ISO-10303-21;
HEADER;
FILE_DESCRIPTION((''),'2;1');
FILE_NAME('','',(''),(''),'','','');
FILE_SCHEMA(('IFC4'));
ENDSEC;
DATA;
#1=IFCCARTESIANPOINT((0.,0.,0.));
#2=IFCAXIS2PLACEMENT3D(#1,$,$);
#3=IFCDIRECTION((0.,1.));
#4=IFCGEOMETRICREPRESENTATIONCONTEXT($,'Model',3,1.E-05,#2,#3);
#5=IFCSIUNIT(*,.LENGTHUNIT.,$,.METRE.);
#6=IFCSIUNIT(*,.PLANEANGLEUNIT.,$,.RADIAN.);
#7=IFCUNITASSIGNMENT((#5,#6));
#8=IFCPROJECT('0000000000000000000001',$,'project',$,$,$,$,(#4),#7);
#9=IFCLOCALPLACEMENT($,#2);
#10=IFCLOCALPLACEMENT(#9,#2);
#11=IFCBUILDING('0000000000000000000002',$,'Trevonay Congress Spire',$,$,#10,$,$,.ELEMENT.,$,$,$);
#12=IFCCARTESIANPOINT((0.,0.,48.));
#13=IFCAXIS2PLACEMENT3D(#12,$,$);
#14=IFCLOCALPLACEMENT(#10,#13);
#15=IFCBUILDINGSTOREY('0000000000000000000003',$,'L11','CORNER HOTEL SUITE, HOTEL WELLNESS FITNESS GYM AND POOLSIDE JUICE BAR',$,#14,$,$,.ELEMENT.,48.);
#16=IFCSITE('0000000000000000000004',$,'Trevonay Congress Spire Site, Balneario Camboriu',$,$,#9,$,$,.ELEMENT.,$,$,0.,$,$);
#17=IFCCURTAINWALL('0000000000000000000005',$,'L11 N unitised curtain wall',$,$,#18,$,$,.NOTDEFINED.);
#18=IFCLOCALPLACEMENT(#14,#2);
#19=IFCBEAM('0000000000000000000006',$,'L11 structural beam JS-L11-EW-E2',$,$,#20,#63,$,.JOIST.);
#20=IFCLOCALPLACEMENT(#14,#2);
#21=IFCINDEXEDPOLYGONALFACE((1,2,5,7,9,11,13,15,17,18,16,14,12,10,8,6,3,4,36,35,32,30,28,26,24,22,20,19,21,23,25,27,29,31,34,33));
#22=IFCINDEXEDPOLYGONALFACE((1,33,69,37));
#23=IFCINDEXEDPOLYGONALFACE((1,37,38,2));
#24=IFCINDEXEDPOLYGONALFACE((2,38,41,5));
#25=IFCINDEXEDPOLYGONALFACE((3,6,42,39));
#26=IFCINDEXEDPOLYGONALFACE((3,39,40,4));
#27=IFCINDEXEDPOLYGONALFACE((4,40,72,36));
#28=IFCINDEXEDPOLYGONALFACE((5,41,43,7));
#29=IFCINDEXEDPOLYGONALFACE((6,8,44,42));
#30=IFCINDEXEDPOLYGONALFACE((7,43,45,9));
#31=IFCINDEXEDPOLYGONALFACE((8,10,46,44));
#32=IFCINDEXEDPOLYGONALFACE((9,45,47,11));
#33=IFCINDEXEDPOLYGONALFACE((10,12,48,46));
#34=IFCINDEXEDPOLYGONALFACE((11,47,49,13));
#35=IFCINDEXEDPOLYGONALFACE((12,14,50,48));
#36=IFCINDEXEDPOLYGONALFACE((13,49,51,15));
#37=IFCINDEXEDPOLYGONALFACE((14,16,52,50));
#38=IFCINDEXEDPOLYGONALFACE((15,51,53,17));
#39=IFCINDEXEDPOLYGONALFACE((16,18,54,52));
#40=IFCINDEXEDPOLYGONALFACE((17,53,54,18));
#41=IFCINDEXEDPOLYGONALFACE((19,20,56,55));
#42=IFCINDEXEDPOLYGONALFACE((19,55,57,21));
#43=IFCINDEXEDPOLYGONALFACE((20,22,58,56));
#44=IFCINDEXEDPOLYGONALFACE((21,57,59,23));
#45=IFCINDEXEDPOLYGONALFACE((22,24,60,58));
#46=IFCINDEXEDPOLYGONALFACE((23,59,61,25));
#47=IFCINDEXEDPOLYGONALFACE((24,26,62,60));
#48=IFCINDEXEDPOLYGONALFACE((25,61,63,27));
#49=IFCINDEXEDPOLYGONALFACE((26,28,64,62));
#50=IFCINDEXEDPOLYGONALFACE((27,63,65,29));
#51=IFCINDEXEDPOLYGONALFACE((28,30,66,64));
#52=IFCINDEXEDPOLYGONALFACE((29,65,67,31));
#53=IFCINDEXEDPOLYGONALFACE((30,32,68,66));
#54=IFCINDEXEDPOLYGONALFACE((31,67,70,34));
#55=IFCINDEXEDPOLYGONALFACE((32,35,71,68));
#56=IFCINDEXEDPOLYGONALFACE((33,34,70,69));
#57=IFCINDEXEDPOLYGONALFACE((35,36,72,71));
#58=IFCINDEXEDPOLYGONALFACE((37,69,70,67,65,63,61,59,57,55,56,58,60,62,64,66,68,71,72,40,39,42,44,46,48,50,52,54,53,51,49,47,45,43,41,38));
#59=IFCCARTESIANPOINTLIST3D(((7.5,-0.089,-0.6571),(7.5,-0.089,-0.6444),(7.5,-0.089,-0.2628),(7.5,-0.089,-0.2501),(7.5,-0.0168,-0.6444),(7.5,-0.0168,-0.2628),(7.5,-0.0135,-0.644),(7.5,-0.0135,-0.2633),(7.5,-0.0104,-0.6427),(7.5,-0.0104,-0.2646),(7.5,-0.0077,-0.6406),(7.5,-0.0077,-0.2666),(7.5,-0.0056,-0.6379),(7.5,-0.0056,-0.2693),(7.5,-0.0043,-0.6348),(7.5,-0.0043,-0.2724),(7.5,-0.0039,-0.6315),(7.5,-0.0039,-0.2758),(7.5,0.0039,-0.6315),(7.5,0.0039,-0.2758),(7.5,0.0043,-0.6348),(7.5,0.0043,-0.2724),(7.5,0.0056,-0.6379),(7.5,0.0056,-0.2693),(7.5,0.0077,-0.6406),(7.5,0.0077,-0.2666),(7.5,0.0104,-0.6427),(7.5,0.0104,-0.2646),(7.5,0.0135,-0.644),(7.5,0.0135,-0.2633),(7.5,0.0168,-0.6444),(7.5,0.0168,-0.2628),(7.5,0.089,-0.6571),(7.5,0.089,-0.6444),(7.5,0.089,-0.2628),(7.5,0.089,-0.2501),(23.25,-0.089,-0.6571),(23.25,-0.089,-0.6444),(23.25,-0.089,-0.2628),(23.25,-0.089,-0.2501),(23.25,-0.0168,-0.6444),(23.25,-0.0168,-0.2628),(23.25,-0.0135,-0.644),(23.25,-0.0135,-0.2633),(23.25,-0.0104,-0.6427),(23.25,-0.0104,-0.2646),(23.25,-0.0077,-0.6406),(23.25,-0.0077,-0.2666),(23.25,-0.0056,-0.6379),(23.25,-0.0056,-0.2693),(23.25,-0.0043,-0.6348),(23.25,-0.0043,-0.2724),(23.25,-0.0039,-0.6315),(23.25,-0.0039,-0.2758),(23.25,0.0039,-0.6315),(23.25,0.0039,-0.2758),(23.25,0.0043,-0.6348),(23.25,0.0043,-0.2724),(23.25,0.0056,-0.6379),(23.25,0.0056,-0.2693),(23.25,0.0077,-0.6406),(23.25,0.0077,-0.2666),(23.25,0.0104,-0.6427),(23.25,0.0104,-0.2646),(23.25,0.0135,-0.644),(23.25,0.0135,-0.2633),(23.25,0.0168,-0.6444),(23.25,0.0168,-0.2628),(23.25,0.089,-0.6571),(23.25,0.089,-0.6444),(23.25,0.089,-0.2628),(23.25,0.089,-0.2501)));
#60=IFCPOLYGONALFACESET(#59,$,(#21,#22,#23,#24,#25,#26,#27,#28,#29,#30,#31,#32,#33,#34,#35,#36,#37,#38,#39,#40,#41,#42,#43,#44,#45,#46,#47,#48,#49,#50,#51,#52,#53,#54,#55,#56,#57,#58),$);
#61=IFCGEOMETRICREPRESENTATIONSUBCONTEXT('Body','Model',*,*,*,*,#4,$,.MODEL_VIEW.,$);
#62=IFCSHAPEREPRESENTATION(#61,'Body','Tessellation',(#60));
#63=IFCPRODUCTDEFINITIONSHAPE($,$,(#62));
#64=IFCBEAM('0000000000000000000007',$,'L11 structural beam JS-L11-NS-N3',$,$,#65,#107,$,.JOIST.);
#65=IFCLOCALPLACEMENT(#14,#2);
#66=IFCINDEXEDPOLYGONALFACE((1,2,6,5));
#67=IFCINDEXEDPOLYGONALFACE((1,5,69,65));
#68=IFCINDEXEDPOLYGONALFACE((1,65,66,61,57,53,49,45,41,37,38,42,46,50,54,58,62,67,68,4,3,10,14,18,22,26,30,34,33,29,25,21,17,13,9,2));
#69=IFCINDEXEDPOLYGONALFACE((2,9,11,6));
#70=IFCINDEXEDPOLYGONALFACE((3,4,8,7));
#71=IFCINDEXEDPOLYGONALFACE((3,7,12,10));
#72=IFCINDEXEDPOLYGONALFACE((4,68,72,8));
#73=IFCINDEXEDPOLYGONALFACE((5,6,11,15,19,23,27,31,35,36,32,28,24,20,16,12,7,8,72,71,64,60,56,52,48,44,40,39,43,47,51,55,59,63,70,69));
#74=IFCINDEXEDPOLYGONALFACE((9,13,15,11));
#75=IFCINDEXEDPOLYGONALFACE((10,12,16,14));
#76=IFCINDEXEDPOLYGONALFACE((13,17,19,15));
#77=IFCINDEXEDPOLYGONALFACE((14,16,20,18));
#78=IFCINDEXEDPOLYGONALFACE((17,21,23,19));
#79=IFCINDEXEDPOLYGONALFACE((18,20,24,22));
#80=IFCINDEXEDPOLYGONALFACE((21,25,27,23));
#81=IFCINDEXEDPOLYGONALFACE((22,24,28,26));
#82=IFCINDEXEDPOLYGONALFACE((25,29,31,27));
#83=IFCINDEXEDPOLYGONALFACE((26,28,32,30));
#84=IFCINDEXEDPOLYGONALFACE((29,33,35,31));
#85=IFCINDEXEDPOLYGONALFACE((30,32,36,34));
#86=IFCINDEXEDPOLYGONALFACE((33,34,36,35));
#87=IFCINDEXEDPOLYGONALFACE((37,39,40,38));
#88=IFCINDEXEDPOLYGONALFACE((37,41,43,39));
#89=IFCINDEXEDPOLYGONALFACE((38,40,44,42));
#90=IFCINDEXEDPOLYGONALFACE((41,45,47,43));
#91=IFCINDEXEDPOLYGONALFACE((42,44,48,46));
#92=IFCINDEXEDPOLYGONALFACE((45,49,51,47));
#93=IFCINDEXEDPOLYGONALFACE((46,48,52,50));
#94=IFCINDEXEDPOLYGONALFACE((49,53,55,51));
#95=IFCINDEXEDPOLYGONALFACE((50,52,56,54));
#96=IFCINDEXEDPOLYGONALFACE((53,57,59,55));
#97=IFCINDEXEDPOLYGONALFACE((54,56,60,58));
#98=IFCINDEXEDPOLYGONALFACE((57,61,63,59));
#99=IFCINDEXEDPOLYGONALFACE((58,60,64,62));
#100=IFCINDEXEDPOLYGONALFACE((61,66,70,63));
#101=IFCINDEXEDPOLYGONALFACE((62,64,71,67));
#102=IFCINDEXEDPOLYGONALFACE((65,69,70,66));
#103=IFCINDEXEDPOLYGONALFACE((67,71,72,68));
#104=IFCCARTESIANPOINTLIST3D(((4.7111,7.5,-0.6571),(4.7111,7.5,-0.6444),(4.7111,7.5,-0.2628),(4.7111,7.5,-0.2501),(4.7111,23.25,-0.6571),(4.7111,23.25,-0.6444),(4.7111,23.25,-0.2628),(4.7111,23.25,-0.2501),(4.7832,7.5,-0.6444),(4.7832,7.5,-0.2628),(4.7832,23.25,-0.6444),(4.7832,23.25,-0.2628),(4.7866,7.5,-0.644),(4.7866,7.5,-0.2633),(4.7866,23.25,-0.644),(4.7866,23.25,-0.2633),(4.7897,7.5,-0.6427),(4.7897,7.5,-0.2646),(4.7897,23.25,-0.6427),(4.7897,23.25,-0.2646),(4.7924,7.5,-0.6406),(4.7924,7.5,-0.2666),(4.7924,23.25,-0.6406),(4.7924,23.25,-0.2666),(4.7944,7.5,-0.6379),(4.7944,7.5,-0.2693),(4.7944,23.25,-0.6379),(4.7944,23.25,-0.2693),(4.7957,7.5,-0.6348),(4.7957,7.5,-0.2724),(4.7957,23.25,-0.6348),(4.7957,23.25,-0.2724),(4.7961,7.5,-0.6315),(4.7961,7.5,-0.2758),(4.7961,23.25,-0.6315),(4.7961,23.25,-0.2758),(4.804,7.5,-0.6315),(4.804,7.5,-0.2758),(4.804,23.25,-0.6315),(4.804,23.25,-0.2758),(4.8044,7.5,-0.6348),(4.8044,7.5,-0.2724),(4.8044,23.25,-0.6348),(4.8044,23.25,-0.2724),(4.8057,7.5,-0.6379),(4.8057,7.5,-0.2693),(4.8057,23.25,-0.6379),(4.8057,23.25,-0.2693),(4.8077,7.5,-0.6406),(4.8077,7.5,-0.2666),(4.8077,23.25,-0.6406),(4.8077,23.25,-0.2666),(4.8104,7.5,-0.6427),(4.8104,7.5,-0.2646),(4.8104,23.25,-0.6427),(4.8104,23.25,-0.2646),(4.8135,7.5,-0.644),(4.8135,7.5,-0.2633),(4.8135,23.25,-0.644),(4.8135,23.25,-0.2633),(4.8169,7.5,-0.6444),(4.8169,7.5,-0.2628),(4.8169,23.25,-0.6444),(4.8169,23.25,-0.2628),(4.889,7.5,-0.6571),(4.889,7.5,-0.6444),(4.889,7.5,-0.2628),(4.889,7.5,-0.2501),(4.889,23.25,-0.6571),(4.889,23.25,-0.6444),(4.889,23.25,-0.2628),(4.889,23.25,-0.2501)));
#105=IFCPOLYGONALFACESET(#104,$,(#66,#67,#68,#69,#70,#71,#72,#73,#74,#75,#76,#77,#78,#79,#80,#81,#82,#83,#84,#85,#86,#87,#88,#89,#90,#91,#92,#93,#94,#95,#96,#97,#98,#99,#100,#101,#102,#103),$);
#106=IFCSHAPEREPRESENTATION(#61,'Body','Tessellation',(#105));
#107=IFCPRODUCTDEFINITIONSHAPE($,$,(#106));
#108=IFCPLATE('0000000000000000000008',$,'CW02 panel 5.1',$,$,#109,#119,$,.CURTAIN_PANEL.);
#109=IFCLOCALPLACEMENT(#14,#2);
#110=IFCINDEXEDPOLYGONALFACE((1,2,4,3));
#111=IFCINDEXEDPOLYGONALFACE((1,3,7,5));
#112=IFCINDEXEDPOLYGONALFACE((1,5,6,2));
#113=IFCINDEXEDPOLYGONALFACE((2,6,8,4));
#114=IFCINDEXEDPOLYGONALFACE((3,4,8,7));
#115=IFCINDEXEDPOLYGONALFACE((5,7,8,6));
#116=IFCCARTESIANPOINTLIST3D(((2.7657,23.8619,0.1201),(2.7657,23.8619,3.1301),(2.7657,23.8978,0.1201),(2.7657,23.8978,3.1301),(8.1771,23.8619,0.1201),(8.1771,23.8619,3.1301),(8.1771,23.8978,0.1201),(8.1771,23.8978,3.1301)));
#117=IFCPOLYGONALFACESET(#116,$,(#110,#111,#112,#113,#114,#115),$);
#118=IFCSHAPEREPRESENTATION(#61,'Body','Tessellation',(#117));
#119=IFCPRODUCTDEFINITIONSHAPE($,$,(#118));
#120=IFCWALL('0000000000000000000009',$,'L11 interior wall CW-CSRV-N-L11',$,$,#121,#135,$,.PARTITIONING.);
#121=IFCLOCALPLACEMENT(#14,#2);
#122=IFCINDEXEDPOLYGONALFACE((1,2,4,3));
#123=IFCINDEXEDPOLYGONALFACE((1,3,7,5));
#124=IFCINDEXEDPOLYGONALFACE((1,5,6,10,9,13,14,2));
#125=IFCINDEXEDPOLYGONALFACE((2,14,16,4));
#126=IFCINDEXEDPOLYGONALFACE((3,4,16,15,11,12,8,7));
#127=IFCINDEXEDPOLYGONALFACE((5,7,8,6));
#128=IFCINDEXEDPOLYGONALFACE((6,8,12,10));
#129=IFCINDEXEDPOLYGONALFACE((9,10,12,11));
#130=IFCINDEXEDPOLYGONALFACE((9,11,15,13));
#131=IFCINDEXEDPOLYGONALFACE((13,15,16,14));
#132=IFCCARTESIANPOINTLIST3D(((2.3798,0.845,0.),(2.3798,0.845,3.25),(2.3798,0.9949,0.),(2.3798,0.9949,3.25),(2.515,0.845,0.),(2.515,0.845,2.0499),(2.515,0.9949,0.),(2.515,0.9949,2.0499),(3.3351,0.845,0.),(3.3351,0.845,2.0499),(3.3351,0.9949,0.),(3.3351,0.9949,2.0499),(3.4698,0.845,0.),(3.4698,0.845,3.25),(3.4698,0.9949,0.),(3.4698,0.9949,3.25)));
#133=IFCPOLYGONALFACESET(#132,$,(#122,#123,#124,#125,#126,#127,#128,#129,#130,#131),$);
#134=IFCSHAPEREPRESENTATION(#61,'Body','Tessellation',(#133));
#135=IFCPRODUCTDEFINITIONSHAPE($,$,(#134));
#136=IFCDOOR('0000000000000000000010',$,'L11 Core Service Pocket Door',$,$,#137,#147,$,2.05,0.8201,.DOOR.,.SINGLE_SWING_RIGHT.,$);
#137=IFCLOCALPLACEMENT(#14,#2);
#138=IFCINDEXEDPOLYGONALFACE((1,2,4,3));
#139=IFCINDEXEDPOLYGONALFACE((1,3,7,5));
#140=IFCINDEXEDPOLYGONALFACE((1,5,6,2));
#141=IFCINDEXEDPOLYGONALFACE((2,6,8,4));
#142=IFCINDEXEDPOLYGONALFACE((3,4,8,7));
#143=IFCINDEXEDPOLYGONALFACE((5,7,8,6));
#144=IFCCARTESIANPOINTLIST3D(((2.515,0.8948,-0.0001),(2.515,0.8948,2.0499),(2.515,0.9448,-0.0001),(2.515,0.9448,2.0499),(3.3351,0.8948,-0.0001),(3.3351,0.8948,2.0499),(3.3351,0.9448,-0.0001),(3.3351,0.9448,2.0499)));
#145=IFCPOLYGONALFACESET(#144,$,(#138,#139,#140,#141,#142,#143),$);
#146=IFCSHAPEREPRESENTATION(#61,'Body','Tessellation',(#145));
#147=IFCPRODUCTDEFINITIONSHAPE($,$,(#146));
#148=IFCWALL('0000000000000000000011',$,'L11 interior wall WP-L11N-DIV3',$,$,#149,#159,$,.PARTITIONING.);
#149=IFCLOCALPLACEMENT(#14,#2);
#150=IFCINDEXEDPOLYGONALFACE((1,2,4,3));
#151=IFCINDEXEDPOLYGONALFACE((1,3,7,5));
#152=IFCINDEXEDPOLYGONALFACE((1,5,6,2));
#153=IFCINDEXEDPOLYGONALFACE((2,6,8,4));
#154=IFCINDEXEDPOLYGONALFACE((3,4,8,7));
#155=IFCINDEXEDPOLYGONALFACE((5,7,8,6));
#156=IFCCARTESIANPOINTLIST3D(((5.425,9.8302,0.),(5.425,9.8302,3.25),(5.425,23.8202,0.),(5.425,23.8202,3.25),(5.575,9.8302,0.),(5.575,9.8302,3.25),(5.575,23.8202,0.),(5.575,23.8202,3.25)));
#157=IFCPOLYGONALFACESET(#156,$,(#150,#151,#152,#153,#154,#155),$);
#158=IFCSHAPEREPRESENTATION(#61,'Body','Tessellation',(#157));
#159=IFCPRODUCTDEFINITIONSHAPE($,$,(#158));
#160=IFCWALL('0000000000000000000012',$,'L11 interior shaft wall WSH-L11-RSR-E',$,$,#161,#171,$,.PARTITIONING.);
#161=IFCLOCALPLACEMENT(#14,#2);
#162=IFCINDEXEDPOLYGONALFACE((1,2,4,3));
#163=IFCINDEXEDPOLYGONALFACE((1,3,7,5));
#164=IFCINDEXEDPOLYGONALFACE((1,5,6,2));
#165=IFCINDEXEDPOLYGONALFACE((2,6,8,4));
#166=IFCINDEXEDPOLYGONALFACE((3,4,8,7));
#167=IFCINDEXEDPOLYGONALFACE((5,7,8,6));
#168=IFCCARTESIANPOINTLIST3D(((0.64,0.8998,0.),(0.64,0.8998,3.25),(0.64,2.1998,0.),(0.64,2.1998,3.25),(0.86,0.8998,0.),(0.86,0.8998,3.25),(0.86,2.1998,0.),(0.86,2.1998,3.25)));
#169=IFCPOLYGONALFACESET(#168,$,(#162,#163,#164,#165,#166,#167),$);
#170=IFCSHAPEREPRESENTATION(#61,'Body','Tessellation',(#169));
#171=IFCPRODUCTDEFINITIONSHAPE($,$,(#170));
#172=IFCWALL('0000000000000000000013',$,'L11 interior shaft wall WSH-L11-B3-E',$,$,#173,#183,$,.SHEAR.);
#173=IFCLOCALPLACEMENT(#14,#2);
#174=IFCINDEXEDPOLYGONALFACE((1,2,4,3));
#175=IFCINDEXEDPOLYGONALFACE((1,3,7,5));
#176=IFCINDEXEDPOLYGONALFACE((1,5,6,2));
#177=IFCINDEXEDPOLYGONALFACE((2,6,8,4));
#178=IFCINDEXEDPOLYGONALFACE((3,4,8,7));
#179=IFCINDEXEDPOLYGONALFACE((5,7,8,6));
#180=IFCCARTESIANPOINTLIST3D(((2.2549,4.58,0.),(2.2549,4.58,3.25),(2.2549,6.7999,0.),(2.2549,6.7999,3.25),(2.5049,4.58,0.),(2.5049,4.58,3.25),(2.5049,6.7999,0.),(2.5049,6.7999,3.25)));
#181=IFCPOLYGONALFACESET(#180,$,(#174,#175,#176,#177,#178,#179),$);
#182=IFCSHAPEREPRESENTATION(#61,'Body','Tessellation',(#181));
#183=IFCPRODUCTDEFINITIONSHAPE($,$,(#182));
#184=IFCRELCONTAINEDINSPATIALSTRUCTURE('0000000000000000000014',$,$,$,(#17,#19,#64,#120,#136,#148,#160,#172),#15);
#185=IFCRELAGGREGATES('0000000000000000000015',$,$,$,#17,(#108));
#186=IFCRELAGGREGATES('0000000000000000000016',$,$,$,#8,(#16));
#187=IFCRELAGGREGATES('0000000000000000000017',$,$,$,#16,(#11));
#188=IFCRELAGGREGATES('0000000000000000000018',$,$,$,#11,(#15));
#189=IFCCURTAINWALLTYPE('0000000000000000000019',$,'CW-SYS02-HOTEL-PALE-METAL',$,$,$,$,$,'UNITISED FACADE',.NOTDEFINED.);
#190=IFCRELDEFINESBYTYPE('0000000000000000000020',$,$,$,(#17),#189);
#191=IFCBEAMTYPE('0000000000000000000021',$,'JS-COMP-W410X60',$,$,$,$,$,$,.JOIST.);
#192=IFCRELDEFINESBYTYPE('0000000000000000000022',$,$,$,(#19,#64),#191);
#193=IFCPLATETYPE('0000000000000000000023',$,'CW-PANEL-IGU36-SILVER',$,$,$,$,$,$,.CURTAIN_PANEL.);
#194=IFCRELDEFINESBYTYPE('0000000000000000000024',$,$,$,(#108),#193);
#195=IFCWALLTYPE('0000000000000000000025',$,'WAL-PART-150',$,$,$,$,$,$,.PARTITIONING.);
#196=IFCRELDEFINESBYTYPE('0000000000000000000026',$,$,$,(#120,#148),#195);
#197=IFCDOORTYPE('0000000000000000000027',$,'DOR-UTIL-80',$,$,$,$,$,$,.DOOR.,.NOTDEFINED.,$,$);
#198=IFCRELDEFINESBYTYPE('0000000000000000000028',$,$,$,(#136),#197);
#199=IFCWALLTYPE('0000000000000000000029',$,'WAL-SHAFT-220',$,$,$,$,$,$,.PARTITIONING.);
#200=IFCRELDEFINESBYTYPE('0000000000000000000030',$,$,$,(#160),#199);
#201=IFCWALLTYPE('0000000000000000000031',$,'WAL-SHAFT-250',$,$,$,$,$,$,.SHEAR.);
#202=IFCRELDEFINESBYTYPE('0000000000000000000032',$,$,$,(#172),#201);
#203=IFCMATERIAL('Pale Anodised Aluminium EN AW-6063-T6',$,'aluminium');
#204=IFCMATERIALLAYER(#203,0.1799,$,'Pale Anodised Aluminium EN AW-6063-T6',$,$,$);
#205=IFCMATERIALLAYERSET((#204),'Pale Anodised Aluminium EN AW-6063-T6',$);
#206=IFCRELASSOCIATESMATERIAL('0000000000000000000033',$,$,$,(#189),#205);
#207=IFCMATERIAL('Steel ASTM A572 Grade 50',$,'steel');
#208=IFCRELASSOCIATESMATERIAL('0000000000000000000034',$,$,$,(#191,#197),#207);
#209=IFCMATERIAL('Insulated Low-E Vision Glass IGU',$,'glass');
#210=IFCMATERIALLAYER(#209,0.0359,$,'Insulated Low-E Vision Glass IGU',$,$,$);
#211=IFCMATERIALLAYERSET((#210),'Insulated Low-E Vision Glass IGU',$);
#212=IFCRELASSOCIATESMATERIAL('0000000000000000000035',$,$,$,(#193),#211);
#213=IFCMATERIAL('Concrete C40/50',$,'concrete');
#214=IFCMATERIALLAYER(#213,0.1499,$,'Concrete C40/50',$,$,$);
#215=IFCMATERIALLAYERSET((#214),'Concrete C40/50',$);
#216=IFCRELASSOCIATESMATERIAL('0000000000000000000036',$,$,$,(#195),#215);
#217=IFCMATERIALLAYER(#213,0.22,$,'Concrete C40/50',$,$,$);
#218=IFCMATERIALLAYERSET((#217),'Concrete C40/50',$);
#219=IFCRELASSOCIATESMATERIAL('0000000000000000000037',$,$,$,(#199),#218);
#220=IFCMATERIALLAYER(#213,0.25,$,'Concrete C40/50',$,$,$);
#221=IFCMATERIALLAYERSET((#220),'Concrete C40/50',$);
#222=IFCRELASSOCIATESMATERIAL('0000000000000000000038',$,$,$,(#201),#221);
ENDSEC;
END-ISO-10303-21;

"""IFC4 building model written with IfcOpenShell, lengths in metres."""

from ifc_helpers import new_model, si_unit, direction, frame, frame_2d, origin, origin_2d, place, context, subcontext, project, spatial, rectangle, i_section, extrude, material, layer, layer_set, material_profile, profile_set, type_object, element, fill, aggregate, save


model = new_model("IFC4")

# Units and contexts
model_context = context("Model", 3, precision=1e-05, world=origin(), true_north=direction((0.0, 1.0)))
body_context = subcontext(model_context, "Body", "Model", "MODEL_VIEW")
ifc_project = project(units=[si_unit("LENGTHUNIT", "METRE"), si_unit("PLANEANGLEUNIT", "RADIAN")], contexts=[model_context])

# Site, building, storey
site_placement = place(None, origin())
site = spatial("IfcSite", under=ifc_project, at=site_placement, Name="Trevonay Congress Spire Site, Balneario Camboriu", CompositionType="ELEMENT", RefElevation=0.0)
building_placement = place(site_placement, origin())
building = spatial("IfcBuilding", under=site, at=building_placement, Name="Trevonay Congress Spire", CompositionType="ELEMENT")
storey_placement = place(building_placement, frame((0.0, 0.0, 48.0)))
storey = spatial("IfcBuildingStorey", under=building, at=storey_placement, Name="L11", Description="CORNER HOTEL SUITE, HOTEL WELLNESS FITNESS GYM AND POOLSIDE JUICE BAR", CompositionType="ELEMENT", Elevation=48.0)

# Shared definitions
ifc_material_1 = material(Name="Steel ASTM A572 Grade 50", Category="steel")

# Curtain wall
ifc_material_2 = material(Name="Pale Anodised Aluminium EN AW-6063-T6", Category="aluminium")
ifc_layer_1 = layer(ifc_material_2, 0.1799, Name="Pale Anodised Aluminium EN AW-6063-T6")
ifc_layer_set_1 = layer_set([ifc_layer_1], Name="Pale Anodised Aluminium EN AW-6063-T6")
curtain_wall_type = type_object("IfcCurtainWallType", Name="CW-SYS02-HOTEL-PALE-METAL", ElementType="UNITISED FACADE", PredefinedType="NOTDEFINED", material=ifc_layer_set_1)
curtain_wall_placement = place(storey_placement, origin())
curtain_wall = element("IfcCurtainWall", 1, at=curtain_wall_placement, inside=storey, type_object=curtain_wall_type, Name="L11 N unitised curtain wall", PredefinedType="NOTDEFINED")

# Beams
ifc_material_profile_1 = material_profile(ifc_material_1, i_section(OverallWidth=0.178, OverallDepth=0.407, WebThickness=0.0078, FlangeThickness=0.0127, FilletRadius=0.0129, at=origin_2d()), Name="W410x60")
ifc_profile_set_1 = profile_set([ifc_material_profile_1], Name="Steel ASTM A572 Grade 50")
beam_type_1 = type_object("IfcBeamType", Name="JS-COMP-W410X60", PredefinedType="JOIST", material=ifc_profile_set_1)
for number, where, z_axis, x_axis, name in (
    (2, (7.5, 0.0, -0.4536), (1.0, 0.0, 0.0), (0.0, 1.0, 0.0), "L11 structural beam JS-L11-EW-E2"),
    (3, (4.8, 7.5, -0.4536), (0.0, 1.0, 0.0), (-1.0, 0.0, 0.0), "L11 structural beam JS-L11-NS-N3"),
):
    element("IfcBeam", number, at=place(storey_placement, frame(where, z_axis=z_axis, x_axis=x_axis)), inside=storey, type_object=beam_type_1, Name=name, PredefinedType="JOIST", context=body_context, shape_type="SweptSolid", body=[
        extrude(i_section(OverallWidth=0.178, OverallDepth=0.407, WebThickness=0.0078, FlangeThickness=0.0127, FilletRadius=0.0129, at=origin_2d()), origin(), (0.0, 0.0, 1.0), 15.75),
    ])

# Plate
ifc_material_3 = material(Name="Insulated Low-E Vision Glass IGU", Category="glass")
ifc_layer_2 = layer(ifc_material_3, 0.0359, Name="Insulated Low-E Vision Glass IGU")
ifc_layer_set_2 = layer_set([ifc_layer_2], Name="Insulated Low-E Vision Glass IGU")
plate_type = type_object("IfcPlateType", Name="CW-PANEL-IGU36-SILVER", PredefinedType="CURTAIN_PANEL", material=ifc_layer_set_2)
plate_placement = place(storey_placement, frame((5.4714, 23.8799, 0.1201), z_axis=(0.0, 0.0, 1.0), x_axis=(1.0, 0.0, 0.0)))
plate = element("IfcPlate", 4, at=plate_placement, type_object=plate_type, Name="CW02 panel 5.1", PredefinedType="CURTAIN_PANEL", context=body_context, shape_type="SweptSolid", body=[
    extrude(rectangle(XDim=5.4114, YDim=0.0359, at=origin_2d()), origin(), (0.0, 0.0, 1.0), 3.01),
])
aggregate(curtain_wall, [plate])

# Wall, opening, door
ifc_material_4 = material(Name="Concrete C40/50", Category="concrete")
ifc_layer_3 = layer(ifc_material_4, 0.1499, Name="Concrete C40/50")
ifc_layer_set_3 = layer_set([ifc_layer_3], Name="Concrete C40/50")
wall_type_1 = type_object("IfcWallType", Name="WAL-PART-150", PredefinedType="PARTITIONING", material=ifc_layer_set_3)
wall_1_placement = place(storey_placement, frame((2.3799, 0.9199, 0.0), z_axis=(0.0, 0.0, 1.0), x_axis=(1.0, 0.0, 0.0)))
wall_1 = element("IfcWall", 5, at=wall_1_placement, inside=storey, type_object=wall_type_1, Name="L11 interior wall CW-CSRV-N-L11", PredefinedType="PARTITIONING", context=body_context, shape_type="SweptSolid", body=[
    extrude(rectangle(XDim=1.0901, YDim=0.1499, at=frame_2d((0.5449, 0.0))), origin(), (0.0, 0.0, 1.0), 3.25),
])
opening_1_placement = place(wall_1_placement, frame((0.135, 0.0, 0.0)))
opening_1 = element("IfcOpeningElement", 6, at=opening_1_placement, cuts=wall_1, PredefinedType="OPENING", context=body_context, shape_type="SweptSolid", body=[
    extrude(rectangle(XDim=0.8201, YDim=2.05, at=frame_2d((0.4102, 1.0249))), frame((0.0, 0.085, 0.0), z_axis=(0.0, -1.0, 0.0), x_axis=(1.0, 0.0, 0.0)), (0.0, 0.0, 1.0), 0.1699),
])
door_type_1 = type_object("IfcDoorType", Name="DOR-UTIL-80", OperationType="NOTDEFINED", PredefinedType="DOOR", material=ifc_material_1)
door_1_placement = place(opening_1_placement, origin())
door_1 = element("IfcDoor", 7, at=door_1_placement, inside=storey, type_object=door_type_1, Name="L11 Core Service Pocket Door", OperationType="SINGLE_SWING_RIGHT", OverallHeight=2.05, OverallWidth=0.8201, PredefinedType="DOOR", context=body_context, shape_type="SweptSolid", body=[
    extrude(rectangle(XDim=0.8201, YDim=2.05, at=frame_2d((0.4102, 1.0249))), frame((0.0, 0.0249, 0.0), z_axis=(0.0, -1.0, 0.0), x_axis=(1.0, 0.0, 0.0)), (0.0, 0.0, 1.0), 0.05),
])
fill(opening_1, door_1)

# Walls
wall_2_placement = place(storey_placement, frame((5.5, 9.8301, 0.0), z_axis=(0.0, 0.0, 1.0), x_axis=(0.0, 1.0, 0.0)))
element("IfcWall", 8, at=wall_2_placement, inside=storey, type_object=wall_type_1, Name="L11 interior wall WP-L11N-DIV3", PredefinedType="PARTITIONING", context=body_context, shape_type="SweptSolid", body=[
    extrude(rectangle(XDim=13.99, YDim=0.1499, at=frame_2d((6.9951, 0.0))), origin(), (0.0, 0.0, 1.0), 3.25),
])
ifc_layer_4 = layer(ifc_material_4, 0.22, Name="Concrete C40/50")
ifc_layer_set_4 = layer_set([ifc_layer_4], Name="Concrete C40/50")
wall_type_2 = type_object("IfcWallType", Name="WAL-SHAFT-220", PredefinedType="PARTITIONING", material=ifc_layer_set_4)
wall_3_placement = place(storey_placement, frame((0.75, 0.8999, 0.0), z_axis=(0.0, 0.0, 1.0), x_axis=(0.0, 1.0, 0.0)))
element("IfcWall", 9, at=wall_3_placement, inside=storey, type_object=wall_type_2, Name="L11 interior shaft wall WSH-L11-RSR-E", PredefinedType="PARTITIONING", context=body_context, shape_type="SweptSolid", body=[
    extrude(rectangle(XDim=1.3, YDim=0.22, at=frame_2d((0.6499, 0.0))), origin(), (0.0, 0.0, 1.0), 3.25),
])
ifc_layer_5 = layer(ifc_material_4, 0.25, Name="Concrete C40/50")
ifc_layer_set_5 = layer_set([ifc_layer_5], Name="Concrete C40/50")
wall_type_3 = type_object("IfcWallType", Name="WAL-SHAFT-250", PredefinedType="SHEAR", material=ifc_layer_set_5)
wall_4_placement = place(storey_placement, frame((2.3799, 4.5801, 0.0), z_axis=(0.0, 0.0, 1.0), x_axis=(0.0, 1.0, 0.0)))
element("IfcWall", 10, at=wall_4_placement, inside=storey, type_object=wall_type_3, Name="L11 interior shaft wall WSH-L11-B3-E", PredefinedType="SHEAR", context=body_context, shape_type="SweptSolid", body=[
    extrude(rectangle(XDim=2.22, YDim=0.25, at=frame_2d((1.1099, 0.0))), origin(), (0.0, 0.0, 1.0), 3.25),
])

save(model, "model.ifc")
